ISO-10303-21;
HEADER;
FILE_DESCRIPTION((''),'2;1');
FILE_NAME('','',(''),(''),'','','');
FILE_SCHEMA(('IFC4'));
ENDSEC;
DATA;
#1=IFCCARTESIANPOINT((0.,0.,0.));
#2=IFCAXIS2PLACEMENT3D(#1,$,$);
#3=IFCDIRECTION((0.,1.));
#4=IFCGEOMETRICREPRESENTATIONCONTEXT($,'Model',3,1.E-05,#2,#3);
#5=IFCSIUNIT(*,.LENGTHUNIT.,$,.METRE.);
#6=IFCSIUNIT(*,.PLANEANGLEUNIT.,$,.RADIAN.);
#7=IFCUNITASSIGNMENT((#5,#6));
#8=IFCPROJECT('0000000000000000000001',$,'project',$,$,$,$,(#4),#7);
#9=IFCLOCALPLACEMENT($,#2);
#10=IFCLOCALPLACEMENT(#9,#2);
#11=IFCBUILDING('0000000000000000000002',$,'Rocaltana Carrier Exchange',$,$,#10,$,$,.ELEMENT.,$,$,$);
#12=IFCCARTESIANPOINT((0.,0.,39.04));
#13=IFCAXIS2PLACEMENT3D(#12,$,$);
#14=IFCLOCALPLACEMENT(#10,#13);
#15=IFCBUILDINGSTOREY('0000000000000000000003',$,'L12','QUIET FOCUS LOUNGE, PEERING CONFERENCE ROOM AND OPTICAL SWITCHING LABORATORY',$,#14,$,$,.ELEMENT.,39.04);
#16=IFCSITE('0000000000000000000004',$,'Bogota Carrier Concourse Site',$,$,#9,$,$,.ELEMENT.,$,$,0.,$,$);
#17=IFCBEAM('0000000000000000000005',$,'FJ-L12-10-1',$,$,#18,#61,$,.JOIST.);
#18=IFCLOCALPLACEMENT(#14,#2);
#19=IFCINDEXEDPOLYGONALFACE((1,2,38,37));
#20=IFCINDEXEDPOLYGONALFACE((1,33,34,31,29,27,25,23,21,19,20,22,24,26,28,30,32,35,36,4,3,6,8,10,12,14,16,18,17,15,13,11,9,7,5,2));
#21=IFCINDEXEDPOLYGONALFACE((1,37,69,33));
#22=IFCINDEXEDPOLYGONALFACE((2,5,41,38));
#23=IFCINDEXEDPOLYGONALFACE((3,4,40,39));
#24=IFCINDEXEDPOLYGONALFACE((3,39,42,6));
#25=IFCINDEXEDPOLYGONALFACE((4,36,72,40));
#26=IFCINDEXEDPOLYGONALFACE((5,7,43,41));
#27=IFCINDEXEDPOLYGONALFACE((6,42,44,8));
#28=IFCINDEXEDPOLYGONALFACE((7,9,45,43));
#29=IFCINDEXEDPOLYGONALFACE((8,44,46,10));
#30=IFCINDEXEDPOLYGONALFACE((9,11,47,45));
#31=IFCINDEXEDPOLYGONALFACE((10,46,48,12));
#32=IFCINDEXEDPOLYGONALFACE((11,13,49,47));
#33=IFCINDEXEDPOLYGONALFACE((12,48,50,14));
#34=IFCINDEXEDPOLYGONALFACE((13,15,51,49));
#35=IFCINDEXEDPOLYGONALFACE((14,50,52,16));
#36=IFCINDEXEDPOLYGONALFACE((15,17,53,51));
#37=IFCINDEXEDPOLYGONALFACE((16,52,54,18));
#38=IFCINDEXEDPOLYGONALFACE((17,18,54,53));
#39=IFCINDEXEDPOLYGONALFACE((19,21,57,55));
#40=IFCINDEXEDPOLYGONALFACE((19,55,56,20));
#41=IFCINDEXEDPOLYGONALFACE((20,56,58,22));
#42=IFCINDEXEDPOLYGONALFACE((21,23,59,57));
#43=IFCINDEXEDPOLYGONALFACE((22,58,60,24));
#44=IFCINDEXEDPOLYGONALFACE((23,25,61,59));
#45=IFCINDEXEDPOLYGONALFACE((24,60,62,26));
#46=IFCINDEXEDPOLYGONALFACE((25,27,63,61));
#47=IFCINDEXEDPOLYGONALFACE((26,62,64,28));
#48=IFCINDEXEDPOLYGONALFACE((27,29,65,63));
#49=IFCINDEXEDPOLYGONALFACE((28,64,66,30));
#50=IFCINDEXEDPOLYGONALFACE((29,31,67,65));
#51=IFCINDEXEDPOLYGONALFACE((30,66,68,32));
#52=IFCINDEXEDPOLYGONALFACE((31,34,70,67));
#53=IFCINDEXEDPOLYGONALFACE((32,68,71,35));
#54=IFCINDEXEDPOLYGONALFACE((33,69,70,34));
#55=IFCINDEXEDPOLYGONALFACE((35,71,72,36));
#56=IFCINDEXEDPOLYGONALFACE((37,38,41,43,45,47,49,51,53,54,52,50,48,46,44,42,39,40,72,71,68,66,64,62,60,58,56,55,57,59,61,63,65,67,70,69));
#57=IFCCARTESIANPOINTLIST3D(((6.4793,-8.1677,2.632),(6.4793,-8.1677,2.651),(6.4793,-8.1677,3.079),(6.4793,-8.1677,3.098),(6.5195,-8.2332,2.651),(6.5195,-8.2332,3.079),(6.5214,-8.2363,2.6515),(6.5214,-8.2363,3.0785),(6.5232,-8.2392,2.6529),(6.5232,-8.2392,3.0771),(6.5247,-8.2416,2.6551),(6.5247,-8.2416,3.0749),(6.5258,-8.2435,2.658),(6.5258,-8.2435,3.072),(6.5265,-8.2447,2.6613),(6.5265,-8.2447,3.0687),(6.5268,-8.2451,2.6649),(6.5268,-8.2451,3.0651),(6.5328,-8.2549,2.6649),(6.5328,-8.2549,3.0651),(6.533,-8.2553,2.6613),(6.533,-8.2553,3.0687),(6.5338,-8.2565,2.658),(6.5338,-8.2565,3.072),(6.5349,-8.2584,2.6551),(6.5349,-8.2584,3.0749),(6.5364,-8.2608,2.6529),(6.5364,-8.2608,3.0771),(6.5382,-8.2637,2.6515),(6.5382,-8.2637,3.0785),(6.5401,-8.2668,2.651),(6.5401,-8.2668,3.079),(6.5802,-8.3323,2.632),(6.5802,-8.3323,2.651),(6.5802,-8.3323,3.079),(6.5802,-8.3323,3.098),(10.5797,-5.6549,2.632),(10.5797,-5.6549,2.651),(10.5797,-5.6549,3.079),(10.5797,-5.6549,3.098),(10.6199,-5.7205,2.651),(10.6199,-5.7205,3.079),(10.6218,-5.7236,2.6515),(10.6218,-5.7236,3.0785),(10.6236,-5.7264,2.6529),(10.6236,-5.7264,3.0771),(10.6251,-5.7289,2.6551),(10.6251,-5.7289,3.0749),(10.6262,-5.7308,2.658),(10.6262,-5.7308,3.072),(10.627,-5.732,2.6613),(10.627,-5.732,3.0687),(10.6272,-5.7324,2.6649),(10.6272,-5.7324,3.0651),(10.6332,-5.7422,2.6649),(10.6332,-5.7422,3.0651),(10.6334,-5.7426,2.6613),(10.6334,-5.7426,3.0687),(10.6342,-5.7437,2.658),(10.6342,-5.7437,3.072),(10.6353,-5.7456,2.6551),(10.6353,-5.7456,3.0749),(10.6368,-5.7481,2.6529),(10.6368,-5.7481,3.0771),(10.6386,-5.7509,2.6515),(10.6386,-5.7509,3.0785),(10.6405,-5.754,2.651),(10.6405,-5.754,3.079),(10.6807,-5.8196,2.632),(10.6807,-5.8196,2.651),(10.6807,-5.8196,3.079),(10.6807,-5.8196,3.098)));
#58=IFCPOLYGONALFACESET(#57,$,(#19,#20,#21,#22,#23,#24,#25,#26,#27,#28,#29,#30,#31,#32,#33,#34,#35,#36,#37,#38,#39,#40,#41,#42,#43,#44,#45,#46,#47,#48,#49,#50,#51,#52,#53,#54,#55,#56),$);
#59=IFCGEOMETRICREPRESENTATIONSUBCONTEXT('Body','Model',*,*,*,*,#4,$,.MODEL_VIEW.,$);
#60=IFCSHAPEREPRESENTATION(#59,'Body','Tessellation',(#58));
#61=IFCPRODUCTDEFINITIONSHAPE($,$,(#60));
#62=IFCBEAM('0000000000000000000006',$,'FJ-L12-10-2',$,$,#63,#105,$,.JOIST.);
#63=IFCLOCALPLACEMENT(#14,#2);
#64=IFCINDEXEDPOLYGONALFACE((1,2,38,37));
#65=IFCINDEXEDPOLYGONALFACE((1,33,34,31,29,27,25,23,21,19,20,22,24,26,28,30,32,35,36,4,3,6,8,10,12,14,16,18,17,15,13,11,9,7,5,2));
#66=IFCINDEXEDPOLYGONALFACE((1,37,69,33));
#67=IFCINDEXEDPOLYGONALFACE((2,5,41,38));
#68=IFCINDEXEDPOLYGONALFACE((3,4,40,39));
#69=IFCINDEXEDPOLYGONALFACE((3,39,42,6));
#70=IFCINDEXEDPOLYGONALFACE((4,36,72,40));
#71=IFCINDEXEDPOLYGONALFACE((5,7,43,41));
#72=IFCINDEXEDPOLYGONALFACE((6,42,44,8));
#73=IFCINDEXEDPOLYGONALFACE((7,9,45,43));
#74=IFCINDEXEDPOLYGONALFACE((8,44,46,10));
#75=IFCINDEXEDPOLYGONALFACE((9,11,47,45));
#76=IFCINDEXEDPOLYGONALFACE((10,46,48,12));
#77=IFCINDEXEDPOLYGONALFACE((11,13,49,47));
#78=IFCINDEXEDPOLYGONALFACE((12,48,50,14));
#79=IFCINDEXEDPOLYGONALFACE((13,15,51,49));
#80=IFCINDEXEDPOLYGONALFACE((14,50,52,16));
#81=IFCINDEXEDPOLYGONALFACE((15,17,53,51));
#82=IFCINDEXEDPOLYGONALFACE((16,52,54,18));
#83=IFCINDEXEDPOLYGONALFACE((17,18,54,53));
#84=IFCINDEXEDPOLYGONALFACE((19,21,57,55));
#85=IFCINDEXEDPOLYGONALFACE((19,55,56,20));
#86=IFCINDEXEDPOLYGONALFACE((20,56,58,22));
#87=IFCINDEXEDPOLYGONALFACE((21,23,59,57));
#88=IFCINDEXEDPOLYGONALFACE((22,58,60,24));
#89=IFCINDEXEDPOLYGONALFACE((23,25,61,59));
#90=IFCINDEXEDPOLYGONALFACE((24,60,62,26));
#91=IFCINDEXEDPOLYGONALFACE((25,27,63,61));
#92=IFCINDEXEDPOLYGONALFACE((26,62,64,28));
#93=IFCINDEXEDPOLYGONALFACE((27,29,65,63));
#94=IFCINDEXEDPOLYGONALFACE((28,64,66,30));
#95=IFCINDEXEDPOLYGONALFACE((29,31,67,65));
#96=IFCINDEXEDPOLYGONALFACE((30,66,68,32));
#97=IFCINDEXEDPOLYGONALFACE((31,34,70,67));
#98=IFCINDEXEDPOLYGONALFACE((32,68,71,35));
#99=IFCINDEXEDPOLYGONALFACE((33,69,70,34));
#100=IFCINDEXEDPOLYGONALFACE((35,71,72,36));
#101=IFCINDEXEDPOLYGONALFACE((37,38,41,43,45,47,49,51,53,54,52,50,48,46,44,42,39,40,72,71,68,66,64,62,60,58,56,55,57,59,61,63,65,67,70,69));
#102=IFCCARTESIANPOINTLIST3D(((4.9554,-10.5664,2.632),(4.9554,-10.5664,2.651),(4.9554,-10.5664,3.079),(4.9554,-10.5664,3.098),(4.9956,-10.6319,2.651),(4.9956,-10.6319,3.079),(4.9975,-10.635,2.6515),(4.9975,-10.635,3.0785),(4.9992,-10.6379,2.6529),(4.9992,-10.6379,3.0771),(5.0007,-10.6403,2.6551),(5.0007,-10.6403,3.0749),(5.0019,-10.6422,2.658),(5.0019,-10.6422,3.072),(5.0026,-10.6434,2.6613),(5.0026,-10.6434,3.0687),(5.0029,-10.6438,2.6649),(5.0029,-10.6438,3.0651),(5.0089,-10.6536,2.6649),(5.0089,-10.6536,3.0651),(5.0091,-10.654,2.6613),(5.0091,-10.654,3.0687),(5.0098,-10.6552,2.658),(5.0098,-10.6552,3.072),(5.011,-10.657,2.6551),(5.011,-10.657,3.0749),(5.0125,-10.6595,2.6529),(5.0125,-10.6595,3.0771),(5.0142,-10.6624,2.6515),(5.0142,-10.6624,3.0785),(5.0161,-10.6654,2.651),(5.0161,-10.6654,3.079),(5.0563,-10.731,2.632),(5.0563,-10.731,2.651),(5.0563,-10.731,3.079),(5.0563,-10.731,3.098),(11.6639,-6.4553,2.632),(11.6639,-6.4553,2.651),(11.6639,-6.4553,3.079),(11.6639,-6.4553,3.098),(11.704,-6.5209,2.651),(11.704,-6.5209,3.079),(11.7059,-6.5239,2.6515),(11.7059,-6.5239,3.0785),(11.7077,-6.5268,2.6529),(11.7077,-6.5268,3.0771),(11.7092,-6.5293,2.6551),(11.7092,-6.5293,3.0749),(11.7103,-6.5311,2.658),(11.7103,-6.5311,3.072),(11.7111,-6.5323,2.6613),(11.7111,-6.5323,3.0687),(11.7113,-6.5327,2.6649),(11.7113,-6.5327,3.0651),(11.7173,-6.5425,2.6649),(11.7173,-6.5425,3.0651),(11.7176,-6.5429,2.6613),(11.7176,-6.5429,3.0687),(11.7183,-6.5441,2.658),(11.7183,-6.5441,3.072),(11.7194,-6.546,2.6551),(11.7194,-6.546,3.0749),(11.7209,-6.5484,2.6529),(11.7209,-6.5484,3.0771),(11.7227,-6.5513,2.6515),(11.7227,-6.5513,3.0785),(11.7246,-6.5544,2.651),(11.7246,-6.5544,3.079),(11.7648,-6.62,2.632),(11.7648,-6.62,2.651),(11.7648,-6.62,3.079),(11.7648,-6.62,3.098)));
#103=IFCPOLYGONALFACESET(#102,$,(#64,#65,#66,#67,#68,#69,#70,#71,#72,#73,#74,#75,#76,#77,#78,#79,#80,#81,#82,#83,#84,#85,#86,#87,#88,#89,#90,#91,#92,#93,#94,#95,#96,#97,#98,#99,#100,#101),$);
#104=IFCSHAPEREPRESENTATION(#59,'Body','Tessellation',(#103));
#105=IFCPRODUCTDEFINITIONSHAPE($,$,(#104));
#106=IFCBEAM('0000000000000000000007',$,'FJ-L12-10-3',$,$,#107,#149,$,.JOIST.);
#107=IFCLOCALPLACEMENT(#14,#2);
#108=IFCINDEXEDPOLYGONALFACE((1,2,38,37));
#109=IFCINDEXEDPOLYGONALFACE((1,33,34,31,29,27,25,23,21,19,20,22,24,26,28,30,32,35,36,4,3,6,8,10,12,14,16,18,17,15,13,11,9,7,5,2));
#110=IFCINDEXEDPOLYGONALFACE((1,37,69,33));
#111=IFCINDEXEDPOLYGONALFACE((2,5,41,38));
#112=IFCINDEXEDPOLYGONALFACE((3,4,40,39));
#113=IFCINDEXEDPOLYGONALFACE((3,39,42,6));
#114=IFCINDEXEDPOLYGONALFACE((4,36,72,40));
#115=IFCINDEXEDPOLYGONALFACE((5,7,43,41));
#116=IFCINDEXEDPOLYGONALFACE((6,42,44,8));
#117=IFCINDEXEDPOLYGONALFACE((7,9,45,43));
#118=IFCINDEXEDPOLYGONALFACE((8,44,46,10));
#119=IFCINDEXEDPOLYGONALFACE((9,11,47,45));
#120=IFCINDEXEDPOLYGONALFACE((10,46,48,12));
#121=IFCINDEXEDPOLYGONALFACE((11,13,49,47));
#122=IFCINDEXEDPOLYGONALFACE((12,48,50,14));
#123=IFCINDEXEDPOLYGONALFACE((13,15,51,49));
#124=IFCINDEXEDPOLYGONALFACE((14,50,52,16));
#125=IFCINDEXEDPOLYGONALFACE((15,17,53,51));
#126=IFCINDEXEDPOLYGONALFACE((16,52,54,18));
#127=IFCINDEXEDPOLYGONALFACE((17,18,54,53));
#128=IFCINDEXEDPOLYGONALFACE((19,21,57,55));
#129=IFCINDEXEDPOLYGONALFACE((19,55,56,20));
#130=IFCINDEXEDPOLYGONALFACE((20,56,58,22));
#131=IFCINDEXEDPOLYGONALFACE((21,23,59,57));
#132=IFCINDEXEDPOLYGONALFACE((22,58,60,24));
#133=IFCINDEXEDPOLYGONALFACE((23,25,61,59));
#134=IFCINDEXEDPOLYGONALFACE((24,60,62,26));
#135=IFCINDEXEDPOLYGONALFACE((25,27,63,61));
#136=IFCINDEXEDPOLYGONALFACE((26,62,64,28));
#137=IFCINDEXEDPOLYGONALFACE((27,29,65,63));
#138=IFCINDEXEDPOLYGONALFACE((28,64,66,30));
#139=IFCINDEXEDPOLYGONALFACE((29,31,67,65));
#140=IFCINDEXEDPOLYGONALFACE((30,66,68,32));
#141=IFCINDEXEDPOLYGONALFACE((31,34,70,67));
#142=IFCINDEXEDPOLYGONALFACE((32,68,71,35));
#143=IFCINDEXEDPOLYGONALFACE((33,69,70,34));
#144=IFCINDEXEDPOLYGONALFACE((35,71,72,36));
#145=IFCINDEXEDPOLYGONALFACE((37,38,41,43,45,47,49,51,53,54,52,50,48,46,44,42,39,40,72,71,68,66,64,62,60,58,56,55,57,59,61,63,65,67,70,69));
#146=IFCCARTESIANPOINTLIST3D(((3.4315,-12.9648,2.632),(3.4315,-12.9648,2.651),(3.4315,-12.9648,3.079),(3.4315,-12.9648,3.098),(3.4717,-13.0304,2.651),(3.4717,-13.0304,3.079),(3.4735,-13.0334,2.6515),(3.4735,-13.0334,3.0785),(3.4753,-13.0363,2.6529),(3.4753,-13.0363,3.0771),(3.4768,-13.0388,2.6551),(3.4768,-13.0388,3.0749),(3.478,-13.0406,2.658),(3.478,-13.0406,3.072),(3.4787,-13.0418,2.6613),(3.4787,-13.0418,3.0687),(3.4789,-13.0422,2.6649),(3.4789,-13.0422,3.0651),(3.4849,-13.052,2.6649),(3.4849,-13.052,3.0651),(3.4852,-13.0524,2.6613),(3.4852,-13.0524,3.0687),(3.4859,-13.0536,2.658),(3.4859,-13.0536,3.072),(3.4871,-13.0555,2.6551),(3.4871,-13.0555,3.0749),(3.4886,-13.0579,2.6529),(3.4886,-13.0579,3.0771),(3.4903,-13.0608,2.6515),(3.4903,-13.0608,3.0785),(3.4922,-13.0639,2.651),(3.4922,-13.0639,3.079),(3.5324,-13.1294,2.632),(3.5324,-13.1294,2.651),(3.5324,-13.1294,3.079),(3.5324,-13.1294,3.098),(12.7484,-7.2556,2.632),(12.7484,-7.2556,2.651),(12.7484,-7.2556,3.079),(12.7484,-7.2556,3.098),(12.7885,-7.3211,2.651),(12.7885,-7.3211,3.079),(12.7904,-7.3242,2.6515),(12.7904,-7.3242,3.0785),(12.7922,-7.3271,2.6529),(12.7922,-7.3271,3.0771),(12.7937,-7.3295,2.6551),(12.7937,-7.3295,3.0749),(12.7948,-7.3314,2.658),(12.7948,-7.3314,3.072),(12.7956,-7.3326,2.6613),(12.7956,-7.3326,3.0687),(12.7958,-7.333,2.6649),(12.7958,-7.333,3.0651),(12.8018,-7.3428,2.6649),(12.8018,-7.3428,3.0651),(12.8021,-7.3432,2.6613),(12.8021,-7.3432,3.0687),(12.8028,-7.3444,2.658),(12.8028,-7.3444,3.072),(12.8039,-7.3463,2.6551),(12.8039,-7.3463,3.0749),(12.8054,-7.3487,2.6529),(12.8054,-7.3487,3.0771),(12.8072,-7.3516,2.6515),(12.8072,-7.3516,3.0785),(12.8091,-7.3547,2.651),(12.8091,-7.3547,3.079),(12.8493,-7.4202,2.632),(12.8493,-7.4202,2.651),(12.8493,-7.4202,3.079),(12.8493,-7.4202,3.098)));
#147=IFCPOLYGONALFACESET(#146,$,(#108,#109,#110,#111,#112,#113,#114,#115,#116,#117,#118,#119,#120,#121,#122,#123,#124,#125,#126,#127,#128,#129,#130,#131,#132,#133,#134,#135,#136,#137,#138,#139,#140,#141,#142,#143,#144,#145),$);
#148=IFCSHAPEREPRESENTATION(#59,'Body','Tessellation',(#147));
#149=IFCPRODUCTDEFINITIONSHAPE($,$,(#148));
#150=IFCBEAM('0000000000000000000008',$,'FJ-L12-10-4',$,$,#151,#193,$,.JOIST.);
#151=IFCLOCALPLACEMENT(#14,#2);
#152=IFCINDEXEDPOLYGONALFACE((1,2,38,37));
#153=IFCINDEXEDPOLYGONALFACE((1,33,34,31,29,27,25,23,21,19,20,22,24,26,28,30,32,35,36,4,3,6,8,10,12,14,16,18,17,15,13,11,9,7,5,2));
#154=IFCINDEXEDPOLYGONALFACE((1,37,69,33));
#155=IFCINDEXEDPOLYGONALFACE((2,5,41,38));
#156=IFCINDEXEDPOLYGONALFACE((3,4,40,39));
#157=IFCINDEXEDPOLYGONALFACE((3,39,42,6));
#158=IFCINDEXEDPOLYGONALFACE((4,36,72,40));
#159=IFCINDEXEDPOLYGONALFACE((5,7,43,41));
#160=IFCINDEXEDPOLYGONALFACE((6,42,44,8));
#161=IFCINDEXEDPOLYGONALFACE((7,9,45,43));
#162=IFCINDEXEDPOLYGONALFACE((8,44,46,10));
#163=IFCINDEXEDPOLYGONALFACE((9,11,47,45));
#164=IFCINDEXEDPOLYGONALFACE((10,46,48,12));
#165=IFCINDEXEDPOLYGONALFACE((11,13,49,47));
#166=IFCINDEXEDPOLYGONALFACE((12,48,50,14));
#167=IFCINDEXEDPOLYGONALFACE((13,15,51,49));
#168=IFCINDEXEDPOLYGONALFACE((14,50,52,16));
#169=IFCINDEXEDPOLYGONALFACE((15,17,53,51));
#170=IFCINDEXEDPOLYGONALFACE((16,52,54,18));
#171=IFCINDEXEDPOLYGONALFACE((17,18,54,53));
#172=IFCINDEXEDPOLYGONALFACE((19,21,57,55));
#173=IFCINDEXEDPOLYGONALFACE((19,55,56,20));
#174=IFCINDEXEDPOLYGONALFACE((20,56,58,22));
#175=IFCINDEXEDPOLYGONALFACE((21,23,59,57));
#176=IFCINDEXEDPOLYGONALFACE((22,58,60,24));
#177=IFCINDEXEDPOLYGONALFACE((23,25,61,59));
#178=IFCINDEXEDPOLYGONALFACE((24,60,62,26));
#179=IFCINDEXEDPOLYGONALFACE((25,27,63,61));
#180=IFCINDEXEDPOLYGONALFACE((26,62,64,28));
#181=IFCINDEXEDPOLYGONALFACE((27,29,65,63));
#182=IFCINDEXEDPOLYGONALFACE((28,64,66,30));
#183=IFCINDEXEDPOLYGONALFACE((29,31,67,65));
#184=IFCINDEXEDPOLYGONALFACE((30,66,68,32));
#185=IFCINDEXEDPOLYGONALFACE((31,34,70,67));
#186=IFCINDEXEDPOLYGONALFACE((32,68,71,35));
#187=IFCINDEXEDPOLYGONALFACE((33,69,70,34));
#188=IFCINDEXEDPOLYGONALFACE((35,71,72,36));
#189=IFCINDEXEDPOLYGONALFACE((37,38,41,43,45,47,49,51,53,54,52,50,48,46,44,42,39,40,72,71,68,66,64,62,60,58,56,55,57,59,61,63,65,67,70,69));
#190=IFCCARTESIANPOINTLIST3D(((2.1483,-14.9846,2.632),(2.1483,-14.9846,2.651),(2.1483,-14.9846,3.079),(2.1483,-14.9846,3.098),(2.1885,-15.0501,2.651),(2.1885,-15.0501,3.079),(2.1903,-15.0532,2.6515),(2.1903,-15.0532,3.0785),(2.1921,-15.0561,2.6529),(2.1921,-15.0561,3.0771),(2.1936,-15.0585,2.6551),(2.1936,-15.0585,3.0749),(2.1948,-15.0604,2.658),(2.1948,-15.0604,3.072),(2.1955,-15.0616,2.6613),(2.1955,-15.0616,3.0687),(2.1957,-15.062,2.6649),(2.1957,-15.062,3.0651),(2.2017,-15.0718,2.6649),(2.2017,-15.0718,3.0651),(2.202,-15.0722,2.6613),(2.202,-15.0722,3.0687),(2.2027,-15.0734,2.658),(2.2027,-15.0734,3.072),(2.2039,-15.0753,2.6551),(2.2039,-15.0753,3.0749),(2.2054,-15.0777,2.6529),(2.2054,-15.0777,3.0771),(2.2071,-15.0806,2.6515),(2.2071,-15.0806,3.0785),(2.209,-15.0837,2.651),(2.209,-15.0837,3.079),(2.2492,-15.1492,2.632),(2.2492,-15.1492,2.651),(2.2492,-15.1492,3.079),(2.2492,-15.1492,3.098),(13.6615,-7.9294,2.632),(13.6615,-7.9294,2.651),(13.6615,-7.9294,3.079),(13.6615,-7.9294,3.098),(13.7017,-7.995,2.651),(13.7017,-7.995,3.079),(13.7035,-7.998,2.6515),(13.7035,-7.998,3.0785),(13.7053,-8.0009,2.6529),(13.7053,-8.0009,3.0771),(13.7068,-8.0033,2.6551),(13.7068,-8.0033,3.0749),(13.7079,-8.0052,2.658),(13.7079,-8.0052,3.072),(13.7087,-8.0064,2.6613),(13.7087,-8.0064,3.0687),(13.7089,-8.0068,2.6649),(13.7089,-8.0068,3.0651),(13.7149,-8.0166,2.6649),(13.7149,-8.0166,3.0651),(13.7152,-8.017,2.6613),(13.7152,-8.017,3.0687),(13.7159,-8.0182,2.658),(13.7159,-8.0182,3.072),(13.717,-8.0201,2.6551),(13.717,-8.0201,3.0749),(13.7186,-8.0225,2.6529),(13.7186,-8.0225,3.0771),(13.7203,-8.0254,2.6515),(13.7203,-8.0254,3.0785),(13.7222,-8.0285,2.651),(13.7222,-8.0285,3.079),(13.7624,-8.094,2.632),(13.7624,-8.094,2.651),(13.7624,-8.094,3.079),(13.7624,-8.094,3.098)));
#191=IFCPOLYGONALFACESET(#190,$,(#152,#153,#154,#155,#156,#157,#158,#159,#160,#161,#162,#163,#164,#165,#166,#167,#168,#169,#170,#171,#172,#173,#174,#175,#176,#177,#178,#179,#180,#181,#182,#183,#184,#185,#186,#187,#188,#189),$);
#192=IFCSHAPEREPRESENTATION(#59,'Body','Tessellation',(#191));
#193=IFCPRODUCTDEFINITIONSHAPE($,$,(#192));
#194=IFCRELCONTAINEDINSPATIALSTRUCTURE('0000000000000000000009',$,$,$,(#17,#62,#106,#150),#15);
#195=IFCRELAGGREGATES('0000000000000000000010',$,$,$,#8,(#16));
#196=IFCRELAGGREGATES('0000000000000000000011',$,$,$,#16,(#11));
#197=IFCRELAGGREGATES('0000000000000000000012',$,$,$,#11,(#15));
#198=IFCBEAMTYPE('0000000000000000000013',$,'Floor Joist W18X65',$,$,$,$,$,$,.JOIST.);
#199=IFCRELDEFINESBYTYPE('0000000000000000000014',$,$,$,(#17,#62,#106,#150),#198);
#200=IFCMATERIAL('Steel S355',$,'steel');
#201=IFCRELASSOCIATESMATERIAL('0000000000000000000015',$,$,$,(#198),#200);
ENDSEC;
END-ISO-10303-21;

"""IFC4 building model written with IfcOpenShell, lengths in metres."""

from ifc_helpers import new_model, si_unit, direction, frame, origin, origin_2d, place, context, subcontext, project, spatial, i_section, extrude, material, material_profile, profile_set, type_object, element, save


model = new_model("IFC4")

# Units and contexts
model_context = context("Model", 3, precision=1e-05, world=origin(), true_north=direction((0.0, 1.0)))
body_context = subcontext(model_context, "Body", "Model", "MODEL_VIEW")
ifc_project = project(units=[si_unit("LENGTHUNIT", "METRE"), si_unit("PLANEANGLEUNIT", "RADIAN")], contexts=[model_context])

# Site, building, storey
site_placement = place(None, origin())
site = spatial("IfcSite", under=ifc_project, at=site_placement, Name="Bogota Carrier Concourse Site", CompositionType="ELEMENT", RefElevation=0.0)
building_placement = place(site_placement, origin())
building = spatial("IfcBuilding", under=site, at=building_placement, Name="Rocaltana Carrier Exchange", CompositionType="ELEMENT")
storey_placement = place(building_placement, frame((0.0, 0.0, 39.04)))
storey = spatial("IfcBuildingStorey", under=building, at=storey_placement, Name="L12", Description="QUIET FOCUS LOUNGE, PEERING CONFERENCE ROOM AND OPTICAL SWITCHING LABORATORY", CompositionType="ELEMENT", Elevation=39.04)

# Beams
ifc_material_1 = material(Name="Steel S355", Category="steel")
ifc_material_profile_1 = material_profile(ifc_material_1, i_section(OverallWidth=0.1931, OverallDepth=0.4661, WebThickness=0.0115, FlangeThickness=0.019, FilletRadius=0.0139, at=origin_2d()), Name="W18X65")
ifc_profile_set_1 = profile_set([ifc_material_profile_1], Name="Steel S355")
beam_type_1 = type_object("IfcBeamType", Name="Floor Joist W18X65", PredefinedType="JOIST", material=ifc_profile_set_1)
beam_1_placement = place(storey_placement, frame((6.5298, -8.25, 2.865), z_axis=(0.85264, 0.522499, 0.0), x_axis=(-0.522499, 0.85264, 0.0)))
element("IfcBeam", 1, at=beam_1_placement, inside=storey, type_object=beam_type_1, Name="FJ-L12-10-1", PredefinedType="JOIST", context=body_context, shape_type="SweptSolid", body=[
    extrude(i_section(OverallWidth=0.1931, OverallDepth=0.4661, WebThickness=0.0115, FlangeThickness=0.019, FilletRadius=0.0139, at=origin_2d()), origin(), (0.0, 0.0, 1.0), 4.8091),
])
beam_2_placement = place(storey_placement, frame((5.0059, -10.6487, 2.865), z_axis=(0.852634, 0.522509, 0.0), x_axis=(-0.522509, 0.852634, 0.0)))
element("IfcBeam", 2, at=beam_2_placement, inside=storey, type_object=beam_type_1, Name="FJ-L12-10-2", PredefinedType="JOIST", context=body_context, shape_type="SweptSolid", body=[
    extrude(i_section(OverallWidth=0.1931, OverallDepth=0.4661, WebThickness=0.0115, FlangeThickness=0.019, FilletRadius=0.0139, at=origin_2d()), origin(), (0.0, 0.0, 1.0), 7.8679),
])
beam_3_placement = place(storey_placement, frame((3.4819, -13.0471, 2.865), z_axis=(0.852647, 0.522487, 0.0), x_axis=(-0.522487, 0.852647, 0.0)))
element("IfcBeam", 3, at=beam_3_placement, inside=storey, type_object=beam_type_1, Name="FJ-L12-10-3", PredefinedType="JOIST", context=body_context, shape_type="SweptSolid", body=[
    extrude(i_section(OverallWidth=0.1931, OverallDepth=0.4661, WebThickness=0.0115, FlangeThickness=0.019, FilletRadius=0.0139, at=origin_2d()), origin(), (0.0, 0.0, 1.0), 10.927),
])
beam_4_placement = place(storey_placement, frame((2.1987, -15.0669, 2.865), z_axis=(0.852644, 0.522493, 0.0), x_axis=(-0.522493, 0.852644, 0.0)))
element("IfcBeam", 4, at=beam_4_placement, inside=storey, type_object=beam_type_1, Name="FJ-L12-10-4", PredefinedType="JOIST", context=body_context, shape_type="SweptSolid", body=[
    extrude(i_section(OverallWidth=0.1931, OverallDepth=0.4661, WebThickness=0.0115, FlangeThickness=0.019, FilletRadius=0.0139, at=origin_2d()), origin(), (0.0, 0.0, 1.0), 13.5029),
])

save(model, "model.ifc")
